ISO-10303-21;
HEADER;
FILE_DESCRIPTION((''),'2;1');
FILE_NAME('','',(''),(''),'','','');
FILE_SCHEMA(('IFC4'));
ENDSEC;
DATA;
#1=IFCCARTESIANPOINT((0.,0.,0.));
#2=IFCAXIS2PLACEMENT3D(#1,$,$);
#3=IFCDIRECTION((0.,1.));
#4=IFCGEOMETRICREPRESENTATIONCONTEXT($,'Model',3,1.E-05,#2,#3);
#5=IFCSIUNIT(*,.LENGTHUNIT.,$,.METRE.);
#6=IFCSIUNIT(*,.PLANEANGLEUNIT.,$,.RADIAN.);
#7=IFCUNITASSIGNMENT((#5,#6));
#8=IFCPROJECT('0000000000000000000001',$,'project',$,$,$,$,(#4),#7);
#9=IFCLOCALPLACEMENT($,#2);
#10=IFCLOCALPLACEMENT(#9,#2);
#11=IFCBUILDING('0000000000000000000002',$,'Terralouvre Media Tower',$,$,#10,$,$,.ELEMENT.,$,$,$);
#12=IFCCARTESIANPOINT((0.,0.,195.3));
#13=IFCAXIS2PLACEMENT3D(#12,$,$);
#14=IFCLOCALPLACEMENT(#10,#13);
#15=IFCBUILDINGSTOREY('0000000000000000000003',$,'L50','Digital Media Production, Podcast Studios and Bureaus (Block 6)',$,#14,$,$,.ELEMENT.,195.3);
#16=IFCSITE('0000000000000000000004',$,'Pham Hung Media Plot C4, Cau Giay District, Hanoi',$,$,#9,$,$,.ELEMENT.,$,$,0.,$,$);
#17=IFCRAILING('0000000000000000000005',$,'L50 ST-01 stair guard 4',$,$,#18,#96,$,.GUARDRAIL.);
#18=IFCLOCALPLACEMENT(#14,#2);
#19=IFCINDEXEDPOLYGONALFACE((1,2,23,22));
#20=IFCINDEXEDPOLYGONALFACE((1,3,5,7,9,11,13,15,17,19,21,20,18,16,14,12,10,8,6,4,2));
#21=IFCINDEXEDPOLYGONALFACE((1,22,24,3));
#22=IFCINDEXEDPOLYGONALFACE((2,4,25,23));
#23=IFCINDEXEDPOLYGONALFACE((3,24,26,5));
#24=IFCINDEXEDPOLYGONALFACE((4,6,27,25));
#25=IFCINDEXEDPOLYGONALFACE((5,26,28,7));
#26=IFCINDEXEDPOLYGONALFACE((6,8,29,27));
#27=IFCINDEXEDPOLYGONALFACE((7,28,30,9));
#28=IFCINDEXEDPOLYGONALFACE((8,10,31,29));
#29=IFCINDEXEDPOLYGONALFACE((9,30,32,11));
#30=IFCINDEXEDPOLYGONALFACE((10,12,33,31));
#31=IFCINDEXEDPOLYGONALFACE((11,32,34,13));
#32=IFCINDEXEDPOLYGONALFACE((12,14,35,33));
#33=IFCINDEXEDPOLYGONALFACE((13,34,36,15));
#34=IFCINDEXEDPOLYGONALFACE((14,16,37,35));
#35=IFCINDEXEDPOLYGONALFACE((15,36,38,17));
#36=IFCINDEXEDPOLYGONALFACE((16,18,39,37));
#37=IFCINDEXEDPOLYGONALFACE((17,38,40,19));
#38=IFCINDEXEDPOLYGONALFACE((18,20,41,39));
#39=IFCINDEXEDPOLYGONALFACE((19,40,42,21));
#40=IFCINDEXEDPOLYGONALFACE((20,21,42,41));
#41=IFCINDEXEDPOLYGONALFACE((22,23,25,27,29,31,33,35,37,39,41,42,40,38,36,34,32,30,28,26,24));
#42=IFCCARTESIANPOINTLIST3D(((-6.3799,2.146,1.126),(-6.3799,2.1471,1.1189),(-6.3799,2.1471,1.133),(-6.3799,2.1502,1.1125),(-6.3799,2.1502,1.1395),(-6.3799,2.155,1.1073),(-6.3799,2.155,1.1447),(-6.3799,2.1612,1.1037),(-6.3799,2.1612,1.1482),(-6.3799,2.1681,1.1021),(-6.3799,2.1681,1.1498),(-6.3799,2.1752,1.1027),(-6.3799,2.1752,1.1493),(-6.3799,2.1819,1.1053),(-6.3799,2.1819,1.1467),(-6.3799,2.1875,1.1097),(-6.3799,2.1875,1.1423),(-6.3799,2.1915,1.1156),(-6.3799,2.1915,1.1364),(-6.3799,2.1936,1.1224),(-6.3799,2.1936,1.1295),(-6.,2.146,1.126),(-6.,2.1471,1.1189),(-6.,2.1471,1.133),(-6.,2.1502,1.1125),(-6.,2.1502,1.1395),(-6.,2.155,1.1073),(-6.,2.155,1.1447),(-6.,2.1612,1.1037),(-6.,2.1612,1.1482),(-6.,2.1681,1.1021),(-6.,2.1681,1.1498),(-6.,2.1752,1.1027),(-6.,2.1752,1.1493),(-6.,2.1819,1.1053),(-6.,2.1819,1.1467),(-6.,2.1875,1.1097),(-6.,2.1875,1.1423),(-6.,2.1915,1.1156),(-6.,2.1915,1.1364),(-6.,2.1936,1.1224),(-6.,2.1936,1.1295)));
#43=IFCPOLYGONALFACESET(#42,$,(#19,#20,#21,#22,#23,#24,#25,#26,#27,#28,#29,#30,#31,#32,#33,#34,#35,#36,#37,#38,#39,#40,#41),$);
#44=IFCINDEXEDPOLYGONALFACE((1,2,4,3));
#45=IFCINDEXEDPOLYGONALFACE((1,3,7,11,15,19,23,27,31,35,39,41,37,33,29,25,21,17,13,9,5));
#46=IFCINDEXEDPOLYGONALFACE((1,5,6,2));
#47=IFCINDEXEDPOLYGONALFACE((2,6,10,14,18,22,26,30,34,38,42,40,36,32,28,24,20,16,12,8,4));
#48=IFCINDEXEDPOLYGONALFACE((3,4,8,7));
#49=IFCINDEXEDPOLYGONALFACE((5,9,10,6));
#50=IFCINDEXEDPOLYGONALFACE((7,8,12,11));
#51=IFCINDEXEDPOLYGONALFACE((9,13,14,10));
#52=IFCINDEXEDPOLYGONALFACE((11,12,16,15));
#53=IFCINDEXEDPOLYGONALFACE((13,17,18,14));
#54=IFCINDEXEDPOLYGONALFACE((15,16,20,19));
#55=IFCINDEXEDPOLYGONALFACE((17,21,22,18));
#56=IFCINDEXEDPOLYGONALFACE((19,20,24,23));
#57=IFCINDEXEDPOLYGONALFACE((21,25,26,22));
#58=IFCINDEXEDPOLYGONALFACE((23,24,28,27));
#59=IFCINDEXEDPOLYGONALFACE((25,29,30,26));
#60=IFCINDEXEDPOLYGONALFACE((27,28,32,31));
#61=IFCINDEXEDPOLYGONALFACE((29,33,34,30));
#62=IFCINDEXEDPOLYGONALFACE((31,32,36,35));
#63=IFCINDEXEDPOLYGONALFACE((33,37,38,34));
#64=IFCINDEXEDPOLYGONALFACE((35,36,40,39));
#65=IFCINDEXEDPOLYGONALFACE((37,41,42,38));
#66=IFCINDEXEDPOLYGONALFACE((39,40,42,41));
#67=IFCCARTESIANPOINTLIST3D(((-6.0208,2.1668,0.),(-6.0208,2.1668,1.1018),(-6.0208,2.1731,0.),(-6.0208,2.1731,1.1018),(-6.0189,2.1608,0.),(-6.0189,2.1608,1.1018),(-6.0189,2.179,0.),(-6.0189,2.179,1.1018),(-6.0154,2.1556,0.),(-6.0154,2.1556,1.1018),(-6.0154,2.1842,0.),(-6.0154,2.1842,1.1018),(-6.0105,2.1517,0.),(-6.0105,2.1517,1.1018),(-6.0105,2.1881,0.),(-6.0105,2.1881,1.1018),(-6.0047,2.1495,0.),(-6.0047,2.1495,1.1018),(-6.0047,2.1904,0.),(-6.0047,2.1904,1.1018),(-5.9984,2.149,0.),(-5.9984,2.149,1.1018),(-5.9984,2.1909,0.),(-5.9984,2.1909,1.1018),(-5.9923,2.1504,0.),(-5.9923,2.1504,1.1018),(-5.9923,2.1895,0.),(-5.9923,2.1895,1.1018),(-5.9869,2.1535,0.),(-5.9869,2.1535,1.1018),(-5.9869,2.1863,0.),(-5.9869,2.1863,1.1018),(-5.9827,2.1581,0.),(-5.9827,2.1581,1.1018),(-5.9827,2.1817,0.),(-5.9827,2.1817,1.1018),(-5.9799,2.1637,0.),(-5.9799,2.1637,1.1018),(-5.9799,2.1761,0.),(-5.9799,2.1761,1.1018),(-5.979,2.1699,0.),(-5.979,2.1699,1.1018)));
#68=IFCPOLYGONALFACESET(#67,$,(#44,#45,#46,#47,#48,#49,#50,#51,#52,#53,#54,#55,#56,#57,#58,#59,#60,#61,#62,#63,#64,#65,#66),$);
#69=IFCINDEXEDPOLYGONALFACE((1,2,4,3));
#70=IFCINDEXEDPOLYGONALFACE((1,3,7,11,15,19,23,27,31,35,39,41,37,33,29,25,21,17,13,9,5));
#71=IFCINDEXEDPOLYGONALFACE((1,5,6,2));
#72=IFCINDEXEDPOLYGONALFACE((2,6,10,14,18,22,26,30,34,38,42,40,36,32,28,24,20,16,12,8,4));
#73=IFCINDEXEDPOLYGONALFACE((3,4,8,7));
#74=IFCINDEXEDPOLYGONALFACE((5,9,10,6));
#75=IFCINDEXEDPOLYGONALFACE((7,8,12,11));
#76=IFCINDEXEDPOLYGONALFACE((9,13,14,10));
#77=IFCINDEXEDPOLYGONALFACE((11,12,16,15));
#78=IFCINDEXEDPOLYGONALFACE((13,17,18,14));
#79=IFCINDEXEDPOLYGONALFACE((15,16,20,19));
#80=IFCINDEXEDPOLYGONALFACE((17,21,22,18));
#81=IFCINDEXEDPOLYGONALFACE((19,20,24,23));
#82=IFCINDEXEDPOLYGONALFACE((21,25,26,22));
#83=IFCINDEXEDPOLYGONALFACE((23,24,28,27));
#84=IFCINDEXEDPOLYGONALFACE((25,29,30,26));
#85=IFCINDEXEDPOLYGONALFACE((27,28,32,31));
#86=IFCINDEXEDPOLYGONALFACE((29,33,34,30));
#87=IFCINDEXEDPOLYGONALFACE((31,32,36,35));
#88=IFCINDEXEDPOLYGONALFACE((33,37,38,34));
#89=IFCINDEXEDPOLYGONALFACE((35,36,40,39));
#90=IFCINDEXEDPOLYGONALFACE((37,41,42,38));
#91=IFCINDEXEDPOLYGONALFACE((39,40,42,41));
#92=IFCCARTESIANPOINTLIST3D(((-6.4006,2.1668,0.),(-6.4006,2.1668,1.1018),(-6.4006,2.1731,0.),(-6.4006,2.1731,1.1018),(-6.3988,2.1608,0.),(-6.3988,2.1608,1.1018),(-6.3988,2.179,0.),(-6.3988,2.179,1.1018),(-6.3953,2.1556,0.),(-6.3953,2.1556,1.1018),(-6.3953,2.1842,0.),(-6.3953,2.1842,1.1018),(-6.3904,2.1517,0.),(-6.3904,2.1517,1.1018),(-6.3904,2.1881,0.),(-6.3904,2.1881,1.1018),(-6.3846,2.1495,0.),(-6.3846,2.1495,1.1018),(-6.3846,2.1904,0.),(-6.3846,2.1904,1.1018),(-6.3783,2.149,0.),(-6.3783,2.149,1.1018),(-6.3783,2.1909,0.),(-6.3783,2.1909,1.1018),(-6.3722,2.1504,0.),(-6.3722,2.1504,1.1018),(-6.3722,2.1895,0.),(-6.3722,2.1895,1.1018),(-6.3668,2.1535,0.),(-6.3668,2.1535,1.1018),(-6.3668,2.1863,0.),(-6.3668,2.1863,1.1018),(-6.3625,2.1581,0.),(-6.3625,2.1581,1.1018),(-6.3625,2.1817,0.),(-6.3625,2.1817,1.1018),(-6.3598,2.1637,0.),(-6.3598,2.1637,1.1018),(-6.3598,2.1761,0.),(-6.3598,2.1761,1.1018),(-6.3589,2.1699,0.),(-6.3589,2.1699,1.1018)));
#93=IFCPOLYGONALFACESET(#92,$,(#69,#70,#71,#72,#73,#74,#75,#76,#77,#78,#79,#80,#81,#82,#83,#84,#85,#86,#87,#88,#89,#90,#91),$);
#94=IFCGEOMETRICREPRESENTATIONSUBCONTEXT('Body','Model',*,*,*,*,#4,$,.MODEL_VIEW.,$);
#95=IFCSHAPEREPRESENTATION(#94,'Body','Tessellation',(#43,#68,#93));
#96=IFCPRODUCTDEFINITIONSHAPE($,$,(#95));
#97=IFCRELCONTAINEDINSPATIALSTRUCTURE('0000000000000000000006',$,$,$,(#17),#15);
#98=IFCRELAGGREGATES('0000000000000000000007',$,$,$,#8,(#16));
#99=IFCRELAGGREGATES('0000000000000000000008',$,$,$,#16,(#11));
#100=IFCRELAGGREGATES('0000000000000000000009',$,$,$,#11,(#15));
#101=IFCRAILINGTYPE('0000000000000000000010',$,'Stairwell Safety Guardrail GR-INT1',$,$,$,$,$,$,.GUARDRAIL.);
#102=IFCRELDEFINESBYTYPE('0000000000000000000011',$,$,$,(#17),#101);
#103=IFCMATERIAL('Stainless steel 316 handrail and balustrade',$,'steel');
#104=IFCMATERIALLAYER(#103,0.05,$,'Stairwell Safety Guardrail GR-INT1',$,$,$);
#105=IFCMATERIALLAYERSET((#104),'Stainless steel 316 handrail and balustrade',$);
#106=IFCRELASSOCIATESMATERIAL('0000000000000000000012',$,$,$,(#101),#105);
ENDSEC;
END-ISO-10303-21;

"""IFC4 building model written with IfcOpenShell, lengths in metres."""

from ifc_helpers import new_model, si_unit, direction, frame, origin, origin_2d, place, context, subcontext, project, spatial, circle, extrude, material, layer, layer_set, type_object, element, save


model = new_model("IFC4")

# Units and contexts
model_context = context("Model", 3, precision=1e-05, world=origin(), true_north=direction((0.0, 1.0)))
body_context = subcontext(model_context, "Body", "Model", "MODEL_VIEW")
ifc_project = project(units=[si_unit("LENGTHUNIT", "METRE"), si_unit("PLANEANGLEUNIT", "RADIAN")], contexts=[model_context])

# Site, building, storey
site_placement = place(None, origin())
site = spatial("IfcSite", under=ifc_project, at=site_placement, Name="Pham Hung Media Plot C4, Cau Giay District, Hanoi", CompositionType="ELEMENT", RefElevation=0.0)
building_placement = place(site_placement, origin())
building = spatial("IfcBuilding", under=site, at=building_placement, Name="Terralouvre Media Tower", CompositionType="ELEMENT")
storey_placement = place(building_placement, frame((0.0, 0.0, 195.3)))
storey = spatial("IfcBuildingStorey", under=building, at=storey_placement, Name="L50", Description="Digital Media Production, Podcast Studios and Bureaus (Block 6)", CompositionType="ELEMENT", Elevation=195.3)

# Railing
ifc_material_1 = material(Name="Stainless steel 316 handrail and balustrade", Category="steel")
ifc_layer_1 = layer(ifc_material_1, 0.05, Name="Stairwell Safety Guardrail GR-INT1")
ifc_layer_set_1 = layer_set([ifc_layer_1], Name="Stainless steel 316 handrail and balustrade")
railing_type_1 = type_object("IfcRailingType", Name="Stairwell Safety Guardrail GR-INT1", PredefinedType="GUARDRAIL", material=ifc_layer_set_1)
railing_1_placement = place(storey_placement, frame((-6.0, 2.1699, 0.0)))
element("IfcRailing", 1, at=railing_1_placement, inside=storey, type_object=railing_type_1, Name="L50 ST-01 stair guard 4", PredefinedType="GUARDRAIL", context=body_context, shape_type="SweptSolid", body=[
    extrude(circle(Radius=0.0239, at=origin_2d()), frame((0.0, 0.0, 1.126), z_axis=(-1.0, 0.0, 0.0), x_axis=(0.0, -1.0, 0.0)), (0.0, 0.0, 1.0), 0.3799),
    extrude(circle(Radius=0.021, at=origin_2d()), origin(), (0.0, 0.0, 1.0), 1.1018),
    extrude(circle(Radius=0.021, at=origin_2d()), frame((-0.3799, 0.0, 0.0)), (0.0, 0.0, 1.0), 1.1018),
])

save(model, "model.ifc")
